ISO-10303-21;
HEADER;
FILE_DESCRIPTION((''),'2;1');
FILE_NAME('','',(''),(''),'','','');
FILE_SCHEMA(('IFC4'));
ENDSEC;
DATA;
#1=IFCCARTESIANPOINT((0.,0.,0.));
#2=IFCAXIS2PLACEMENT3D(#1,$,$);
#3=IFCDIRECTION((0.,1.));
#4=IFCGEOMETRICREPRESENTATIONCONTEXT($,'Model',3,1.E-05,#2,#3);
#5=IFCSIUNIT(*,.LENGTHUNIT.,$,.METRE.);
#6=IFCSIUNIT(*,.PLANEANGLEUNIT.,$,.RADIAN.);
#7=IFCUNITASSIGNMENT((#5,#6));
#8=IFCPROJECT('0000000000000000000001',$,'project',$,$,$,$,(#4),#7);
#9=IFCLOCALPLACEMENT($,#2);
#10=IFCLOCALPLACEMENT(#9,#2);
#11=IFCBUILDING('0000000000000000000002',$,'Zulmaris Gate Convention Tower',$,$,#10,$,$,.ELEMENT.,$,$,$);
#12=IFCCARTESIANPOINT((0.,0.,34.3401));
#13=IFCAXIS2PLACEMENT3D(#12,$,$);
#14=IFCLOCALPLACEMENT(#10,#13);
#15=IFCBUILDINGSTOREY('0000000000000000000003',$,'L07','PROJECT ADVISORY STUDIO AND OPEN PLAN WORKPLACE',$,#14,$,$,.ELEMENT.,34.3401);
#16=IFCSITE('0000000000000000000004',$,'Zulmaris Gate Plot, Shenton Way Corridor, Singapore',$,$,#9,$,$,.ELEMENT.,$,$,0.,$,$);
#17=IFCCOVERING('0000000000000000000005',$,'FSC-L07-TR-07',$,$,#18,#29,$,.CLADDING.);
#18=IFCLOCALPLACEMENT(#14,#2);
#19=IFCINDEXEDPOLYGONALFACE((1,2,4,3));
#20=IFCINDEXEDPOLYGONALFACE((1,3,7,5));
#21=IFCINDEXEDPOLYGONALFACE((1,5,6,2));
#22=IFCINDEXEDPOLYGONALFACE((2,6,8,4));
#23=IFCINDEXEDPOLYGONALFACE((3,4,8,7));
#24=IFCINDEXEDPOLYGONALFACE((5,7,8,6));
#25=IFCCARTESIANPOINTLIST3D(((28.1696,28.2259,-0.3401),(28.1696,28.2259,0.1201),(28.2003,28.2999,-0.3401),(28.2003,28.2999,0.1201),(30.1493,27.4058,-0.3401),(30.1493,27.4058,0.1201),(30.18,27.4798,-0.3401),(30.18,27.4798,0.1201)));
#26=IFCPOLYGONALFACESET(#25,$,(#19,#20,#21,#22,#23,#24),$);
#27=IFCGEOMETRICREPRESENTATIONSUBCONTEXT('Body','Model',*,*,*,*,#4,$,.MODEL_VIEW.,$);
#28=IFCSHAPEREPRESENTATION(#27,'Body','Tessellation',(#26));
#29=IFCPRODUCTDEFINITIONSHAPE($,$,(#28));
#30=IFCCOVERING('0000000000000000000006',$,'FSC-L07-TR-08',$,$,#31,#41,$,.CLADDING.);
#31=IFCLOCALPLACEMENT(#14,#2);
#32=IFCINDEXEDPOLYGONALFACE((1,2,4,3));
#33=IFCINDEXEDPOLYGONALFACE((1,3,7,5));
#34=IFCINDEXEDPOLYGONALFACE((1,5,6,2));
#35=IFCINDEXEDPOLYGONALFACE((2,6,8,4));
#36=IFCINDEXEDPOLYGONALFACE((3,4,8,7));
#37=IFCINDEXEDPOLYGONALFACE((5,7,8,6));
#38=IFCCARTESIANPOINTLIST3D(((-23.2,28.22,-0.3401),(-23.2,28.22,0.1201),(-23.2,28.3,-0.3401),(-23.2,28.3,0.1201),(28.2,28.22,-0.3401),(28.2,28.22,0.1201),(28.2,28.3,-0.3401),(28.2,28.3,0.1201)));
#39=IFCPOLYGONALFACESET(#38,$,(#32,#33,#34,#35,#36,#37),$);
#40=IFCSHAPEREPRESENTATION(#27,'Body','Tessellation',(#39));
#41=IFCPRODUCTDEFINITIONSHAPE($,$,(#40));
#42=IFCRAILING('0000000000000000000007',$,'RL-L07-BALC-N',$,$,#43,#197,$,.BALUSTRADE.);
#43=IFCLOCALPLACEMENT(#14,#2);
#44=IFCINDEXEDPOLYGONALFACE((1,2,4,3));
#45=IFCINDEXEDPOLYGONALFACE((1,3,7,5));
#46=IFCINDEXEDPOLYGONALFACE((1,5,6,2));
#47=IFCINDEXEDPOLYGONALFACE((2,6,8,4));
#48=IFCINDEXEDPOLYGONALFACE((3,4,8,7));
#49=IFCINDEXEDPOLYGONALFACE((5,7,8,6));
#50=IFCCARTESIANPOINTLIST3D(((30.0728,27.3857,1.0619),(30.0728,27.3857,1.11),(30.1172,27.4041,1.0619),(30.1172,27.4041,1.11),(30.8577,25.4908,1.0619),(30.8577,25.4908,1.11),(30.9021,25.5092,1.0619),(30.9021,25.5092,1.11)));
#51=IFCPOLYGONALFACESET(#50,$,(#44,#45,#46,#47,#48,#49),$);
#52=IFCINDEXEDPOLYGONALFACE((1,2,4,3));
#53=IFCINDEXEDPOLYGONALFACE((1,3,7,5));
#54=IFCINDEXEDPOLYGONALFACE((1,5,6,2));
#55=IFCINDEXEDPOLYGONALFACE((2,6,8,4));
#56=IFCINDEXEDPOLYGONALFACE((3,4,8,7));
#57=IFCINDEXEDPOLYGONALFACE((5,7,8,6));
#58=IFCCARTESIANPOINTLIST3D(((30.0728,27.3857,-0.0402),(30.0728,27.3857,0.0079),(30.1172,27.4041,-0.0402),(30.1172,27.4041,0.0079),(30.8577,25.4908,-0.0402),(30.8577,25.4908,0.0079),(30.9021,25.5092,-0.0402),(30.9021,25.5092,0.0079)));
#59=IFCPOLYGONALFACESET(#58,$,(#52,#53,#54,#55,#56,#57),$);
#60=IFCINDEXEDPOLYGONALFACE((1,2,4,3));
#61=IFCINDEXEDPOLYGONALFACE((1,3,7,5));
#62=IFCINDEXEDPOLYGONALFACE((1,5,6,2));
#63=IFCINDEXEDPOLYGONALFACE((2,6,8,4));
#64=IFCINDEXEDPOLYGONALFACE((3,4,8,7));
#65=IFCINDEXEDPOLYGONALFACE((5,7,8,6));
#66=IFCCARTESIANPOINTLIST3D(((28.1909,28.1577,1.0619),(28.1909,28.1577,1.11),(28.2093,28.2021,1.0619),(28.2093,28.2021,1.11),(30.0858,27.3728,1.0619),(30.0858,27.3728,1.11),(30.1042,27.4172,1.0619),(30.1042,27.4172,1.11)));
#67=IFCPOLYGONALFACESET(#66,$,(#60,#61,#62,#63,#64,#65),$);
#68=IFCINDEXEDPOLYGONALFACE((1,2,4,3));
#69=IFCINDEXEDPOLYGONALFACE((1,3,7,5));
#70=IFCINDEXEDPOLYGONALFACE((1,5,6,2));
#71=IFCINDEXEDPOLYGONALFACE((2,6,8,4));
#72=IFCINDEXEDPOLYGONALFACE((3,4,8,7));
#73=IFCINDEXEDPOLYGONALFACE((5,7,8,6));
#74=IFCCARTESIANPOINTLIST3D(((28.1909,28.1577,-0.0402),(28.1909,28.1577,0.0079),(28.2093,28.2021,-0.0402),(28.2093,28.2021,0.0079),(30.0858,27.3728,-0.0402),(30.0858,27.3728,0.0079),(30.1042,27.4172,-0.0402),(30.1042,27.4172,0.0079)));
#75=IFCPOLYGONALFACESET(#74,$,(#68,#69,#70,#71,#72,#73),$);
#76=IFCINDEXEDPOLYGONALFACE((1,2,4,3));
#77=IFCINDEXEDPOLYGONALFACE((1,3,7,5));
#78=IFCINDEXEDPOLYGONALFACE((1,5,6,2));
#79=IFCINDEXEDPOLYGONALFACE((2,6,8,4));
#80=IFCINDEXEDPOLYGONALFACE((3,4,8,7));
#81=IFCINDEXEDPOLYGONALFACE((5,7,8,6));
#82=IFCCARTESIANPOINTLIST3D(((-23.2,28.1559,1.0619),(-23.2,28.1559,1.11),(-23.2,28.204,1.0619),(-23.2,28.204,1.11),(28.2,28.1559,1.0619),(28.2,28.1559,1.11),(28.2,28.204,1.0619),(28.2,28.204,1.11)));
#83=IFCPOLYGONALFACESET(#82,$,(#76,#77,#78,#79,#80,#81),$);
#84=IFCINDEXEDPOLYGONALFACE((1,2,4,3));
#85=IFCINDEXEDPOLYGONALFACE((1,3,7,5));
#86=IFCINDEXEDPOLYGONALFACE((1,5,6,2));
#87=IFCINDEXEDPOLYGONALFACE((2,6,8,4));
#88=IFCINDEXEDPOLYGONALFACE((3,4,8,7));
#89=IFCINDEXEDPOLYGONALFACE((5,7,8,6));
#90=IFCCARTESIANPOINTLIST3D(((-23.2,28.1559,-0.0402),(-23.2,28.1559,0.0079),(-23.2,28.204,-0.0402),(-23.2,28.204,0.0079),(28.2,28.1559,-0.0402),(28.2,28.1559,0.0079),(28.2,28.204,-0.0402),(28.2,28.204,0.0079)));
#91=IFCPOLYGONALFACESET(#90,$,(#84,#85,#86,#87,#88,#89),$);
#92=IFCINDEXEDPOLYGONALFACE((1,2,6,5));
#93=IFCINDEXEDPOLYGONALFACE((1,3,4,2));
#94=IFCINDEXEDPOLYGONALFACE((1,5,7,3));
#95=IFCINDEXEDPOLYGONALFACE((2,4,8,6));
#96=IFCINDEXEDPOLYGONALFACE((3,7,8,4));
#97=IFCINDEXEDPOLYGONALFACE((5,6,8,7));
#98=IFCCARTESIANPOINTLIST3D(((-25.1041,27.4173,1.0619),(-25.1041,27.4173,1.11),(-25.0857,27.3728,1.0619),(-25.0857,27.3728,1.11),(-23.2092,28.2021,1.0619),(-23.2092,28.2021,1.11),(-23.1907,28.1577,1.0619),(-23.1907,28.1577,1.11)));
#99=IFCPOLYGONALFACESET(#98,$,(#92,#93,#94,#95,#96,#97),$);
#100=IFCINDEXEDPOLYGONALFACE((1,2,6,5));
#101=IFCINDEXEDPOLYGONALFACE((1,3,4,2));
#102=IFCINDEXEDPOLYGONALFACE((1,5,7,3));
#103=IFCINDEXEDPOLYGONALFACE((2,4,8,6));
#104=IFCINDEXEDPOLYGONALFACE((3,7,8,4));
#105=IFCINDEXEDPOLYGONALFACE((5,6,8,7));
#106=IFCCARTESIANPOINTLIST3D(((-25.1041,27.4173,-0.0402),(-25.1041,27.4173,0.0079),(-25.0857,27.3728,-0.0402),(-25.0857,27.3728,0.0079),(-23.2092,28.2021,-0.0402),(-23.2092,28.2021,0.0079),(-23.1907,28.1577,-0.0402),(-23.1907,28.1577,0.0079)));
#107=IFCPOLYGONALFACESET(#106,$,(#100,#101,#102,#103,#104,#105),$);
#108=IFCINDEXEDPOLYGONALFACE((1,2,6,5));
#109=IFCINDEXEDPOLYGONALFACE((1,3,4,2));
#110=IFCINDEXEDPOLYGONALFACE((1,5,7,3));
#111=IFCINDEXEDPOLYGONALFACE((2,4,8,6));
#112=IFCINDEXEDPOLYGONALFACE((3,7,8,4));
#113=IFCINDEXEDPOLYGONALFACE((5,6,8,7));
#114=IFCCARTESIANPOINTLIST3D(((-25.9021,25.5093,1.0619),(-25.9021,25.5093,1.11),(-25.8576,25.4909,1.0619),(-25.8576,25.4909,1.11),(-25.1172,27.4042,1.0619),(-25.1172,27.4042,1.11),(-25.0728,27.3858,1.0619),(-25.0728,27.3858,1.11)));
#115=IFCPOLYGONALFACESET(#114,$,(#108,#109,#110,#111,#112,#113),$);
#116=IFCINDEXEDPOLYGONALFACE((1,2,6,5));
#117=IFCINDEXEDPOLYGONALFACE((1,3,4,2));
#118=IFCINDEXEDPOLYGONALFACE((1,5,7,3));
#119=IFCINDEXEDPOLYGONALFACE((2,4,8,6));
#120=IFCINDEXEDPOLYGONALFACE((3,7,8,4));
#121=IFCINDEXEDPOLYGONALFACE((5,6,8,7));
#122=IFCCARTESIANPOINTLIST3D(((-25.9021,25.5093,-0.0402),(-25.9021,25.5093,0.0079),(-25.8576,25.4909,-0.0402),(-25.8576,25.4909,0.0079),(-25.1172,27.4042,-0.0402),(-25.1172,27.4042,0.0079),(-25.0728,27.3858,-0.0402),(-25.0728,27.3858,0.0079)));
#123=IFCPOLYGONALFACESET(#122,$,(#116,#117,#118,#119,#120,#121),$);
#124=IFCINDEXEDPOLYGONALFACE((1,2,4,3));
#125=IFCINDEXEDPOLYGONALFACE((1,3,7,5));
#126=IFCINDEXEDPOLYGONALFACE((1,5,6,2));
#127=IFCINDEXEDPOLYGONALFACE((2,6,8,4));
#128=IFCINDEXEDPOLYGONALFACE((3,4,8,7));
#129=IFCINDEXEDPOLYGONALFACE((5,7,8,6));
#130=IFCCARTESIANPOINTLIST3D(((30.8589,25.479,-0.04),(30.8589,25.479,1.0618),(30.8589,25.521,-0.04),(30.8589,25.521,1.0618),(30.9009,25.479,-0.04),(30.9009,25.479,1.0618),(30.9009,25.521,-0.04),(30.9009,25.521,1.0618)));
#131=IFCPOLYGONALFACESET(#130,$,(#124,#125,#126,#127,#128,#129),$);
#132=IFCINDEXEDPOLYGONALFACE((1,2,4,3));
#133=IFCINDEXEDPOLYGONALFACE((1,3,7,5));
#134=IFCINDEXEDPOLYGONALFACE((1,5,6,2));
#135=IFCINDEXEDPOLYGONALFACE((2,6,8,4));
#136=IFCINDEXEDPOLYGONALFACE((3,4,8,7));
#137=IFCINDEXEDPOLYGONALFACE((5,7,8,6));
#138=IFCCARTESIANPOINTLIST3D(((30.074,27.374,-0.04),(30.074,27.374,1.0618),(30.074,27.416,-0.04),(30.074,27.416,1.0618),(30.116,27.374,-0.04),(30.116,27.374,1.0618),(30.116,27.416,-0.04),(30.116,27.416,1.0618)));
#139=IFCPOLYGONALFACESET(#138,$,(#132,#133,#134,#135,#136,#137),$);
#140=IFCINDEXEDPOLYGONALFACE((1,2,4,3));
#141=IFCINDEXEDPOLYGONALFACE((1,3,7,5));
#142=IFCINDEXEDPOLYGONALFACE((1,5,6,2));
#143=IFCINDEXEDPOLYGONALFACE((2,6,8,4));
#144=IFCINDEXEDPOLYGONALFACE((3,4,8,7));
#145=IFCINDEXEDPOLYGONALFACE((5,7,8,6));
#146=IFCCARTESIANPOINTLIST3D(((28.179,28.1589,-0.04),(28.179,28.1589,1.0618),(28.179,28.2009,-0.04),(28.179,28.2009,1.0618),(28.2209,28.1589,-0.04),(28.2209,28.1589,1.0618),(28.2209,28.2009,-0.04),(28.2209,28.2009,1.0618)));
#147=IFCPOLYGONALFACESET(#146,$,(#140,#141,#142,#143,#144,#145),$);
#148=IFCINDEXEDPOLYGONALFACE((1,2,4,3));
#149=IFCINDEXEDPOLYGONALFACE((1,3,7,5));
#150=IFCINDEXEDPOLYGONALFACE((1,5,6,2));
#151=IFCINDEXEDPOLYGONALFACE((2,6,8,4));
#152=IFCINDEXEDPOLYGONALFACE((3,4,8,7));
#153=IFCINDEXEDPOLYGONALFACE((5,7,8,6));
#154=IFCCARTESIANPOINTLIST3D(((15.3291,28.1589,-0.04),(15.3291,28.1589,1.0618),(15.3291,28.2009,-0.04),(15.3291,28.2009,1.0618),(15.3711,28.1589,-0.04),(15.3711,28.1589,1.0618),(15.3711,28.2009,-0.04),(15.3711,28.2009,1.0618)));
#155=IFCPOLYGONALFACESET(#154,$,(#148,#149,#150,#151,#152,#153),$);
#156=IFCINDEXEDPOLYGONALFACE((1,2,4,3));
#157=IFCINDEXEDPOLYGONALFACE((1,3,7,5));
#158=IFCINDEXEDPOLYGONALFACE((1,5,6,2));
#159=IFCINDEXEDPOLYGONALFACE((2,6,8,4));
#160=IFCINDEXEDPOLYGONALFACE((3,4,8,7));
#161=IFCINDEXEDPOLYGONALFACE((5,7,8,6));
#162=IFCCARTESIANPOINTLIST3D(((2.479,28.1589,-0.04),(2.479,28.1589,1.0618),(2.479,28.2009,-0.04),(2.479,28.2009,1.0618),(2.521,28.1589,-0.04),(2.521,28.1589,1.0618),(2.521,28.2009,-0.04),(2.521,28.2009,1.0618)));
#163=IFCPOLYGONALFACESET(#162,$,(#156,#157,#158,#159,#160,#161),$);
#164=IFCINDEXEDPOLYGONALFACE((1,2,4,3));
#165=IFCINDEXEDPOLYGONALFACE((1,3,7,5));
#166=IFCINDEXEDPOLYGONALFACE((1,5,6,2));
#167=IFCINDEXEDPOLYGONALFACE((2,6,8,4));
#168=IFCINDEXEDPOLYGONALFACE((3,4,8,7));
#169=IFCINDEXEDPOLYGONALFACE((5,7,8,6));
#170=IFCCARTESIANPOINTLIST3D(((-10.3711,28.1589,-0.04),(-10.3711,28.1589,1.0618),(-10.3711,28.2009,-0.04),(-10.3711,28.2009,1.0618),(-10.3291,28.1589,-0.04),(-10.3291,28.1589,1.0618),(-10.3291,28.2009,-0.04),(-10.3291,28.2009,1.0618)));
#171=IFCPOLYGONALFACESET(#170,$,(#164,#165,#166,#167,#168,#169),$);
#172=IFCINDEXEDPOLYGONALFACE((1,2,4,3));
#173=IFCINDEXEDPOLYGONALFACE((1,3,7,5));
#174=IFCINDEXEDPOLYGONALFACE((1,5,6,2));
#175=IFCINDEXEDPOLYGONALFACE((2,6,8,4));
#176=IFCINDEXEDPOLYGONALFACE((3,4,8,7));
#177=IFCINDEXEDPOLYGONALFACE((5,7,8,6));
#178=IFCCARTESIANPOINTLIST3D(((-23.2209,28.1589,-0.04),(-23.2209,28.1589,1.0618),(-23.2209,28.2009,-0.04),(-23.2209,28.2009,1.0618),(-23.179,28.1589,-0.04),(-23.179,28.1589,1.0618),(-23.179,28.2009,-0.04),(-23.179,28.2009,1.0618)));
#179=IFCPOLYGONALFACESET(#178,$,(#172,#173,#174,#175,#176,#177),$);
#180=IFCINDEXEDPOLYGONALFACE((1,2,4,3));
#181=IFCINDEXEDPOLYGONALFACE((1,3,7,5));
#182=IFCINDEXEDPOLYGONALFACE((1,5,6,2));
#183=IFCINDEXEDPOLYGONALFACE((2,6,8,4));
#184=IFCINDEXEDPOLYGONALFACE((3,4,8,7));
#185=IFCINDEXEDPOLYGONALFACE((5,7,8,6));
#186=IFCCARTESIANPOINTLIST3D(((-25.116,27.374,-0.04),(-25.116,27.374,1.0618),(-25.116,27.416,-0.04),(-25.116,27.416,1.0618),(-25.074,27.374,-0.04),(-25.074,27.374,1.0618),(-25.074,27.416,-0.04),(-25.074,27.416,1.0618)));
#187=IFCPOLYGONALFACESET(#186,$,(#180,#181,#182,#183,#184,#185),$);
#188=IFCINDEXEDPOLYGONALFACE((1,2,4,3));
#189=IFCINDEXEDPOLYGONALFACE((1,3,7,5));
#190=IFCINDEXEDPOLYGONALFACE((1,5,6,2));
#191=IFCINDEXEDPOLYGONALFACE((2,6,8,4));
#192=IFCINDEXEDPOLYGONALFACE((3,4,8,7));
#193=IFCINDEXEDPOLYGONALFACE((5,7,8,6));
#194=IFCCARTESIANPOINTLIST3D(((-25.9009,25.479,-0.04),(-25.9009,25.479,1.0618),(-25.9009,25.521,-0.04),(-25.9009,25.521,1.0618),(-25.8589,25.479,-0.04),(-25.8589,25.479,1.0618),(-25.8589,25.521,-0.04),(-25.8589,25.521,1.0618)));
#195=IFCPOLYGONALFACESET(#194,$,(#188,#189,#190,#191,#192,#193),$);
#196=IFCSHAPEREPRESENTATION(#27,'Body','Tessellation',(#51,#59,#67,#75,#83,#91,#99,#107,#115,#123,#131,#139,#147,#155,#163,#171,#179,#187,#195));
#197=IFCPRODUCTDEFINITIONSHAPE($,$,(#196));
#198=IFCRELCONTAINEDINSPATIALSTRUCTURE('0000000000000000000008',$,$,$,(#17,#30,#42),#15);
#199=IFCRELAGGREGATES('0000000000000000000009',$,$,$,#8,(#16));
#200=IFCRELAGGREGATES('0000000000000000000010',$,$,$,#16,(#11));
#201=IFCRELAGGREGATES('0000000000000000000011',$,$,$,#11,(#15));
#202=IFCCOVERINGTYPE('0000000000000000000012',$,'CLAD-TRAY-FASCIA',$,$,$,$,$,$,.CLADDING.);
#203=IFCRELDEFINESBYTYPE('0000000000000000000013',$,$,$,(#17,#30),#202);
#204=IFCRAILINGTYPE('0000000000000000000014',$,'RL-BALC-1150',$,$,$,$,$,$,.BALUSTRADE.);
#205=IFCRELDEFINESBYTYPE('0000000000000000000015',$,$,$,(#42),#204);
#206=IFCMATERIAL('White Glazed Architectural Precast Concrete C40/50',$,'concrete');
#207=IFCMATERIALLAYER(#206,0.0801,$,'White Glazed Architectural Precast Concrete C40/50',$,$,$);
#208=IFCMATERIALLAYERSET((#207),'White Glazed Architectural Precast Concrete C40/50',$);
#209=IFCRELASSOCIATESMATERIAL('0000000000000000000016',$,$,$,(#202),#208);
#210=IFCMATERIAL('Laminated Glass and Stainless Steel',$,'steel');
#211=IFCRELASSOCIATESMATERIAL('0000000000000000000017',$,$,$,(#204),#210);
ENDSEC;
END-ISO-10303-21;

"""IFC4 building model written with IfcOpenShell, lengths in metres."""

from ifc_helpers import new_model, si_unit, direction, frame, frame_2d, origin, origin_2d, place, context, subcontext, project, spatial, rectangle, extrude, material, layer, layer_set, type_object, element, save


model = new_model("IFC4")

# Units and contexts
model_context = context("Model", 3, precision=1e-05, world=origin(), true_north=direction((0.0, 1.0)))
body_context = subcontext(model_context, "Body", "Model", "MODEL_VIEW")
ifc_project = project(units=[si_unit("LENGTHUNIT", "METRE"), si_unit("PLANEANGLEUNIT", "RADIAN")], contexts=[model_context])

# Site, building, storey
site_placement = place(None, origin())
site = spatial("IfcSite", under=ifc_project, at=site_placement, Name="Zulmaris Gate Plot, Shenton Way Corridor, Singapore", CompositionType="ELEMENT", RefElevation=0.0)
building_placement = place(site_placement, origin())
building = spatial("IfcBuilding", under=site, at=building_placement, Name="Zulmaris Gate Convention Tower", CompositionType="ELEMENT")
storey_placement = place(building_placement, frame((0.0, 0.0, 34.3401)))
storey = spatial("IfcBuildingStorey", under=building, at=storey_placement, Name="L07", Description="PROJECT ADVISORY STUDIO AND OPEN PLAN WORKPLACE", CompositionType="ELEMENT", Elevation=34.3401)

# Coverings
ifc_material_1 = material(Name="White Glazed Architectural Precast Concrete C40/50", Category="concrete")
ifc_layer_1 = layer(ifc_material_1, 0.0801, Name="White Glazed Architectural Precast Concrete C40/50")
ifc_layer_set_1 = layer_set([ifc_layer_1], Name="White Glazed Architectural Precast Concrete C40/50")
covering_type_1 = type_object("IfcCoveringType", Name="CLAD-TRAY-FASCIA", PredefinedType="CLADDING", material=ifc_layer_set_1)
covering_1_placement = place(storey_placement, frame((30.1646, 27.4429, -0.3401), z_axis=(0.0, 0.0, 1.0), x_axis=(-0.923874, 0.382697, 0.0)))
element("IfcCovering", 1, at=covering_1_placement, inside=storey, type_object=covering_type_1, Name="FSC-L07-TR-07", PredefinedType="CLADDING", context=body_context, shape_type="SweptSolid", body=[
    extrude(rectangle(XDim=2.1428, YDim=0.0801, at=frame_2d((1.0713, 0.0))), origin(), (0.0, 0.0, 1.0), 0.4602),
])
covering_2_placement = place(storey_placement, frame((28.2, 28.26, -0.3401), z_axis=(0.0, 0.0, 1.0), x_axis=(-1.0, 0.0, 0.0)))
element("IfcCovering", 2, at=covering_2_placement, inside=storey, type_object=covering_type_1, Name="FSC-L07-TR-08", PredefinedType="CLADDING", context=body_context, shape_type="SweptSolid", body=[
    extrude(rectangle(XDim=51.3999, YDim=0.0801, at=frame_2d((25.7, 0.0))), origin(), (0.0, 0.0, 1.0), 0.4602),
])

# Railing
ifc_material_2 = material(Name="Laminated Glass and Stainless Steel", Category="steel")
railing_type = type_object("IfcRailingType", Name="RL-BALC-1150", PredefinedType="BALUSTRADE", material=ifc_material_2)
railing_placement = place(storey_placement, frame((30.8799, 25.5, -0.04)))
element("IfcRailing", 3, at=railing_placement, inside=storey, type_object=railing_type, Name="RL-L07-BALC-N", PredefinedType="BALUSTRADE", context=body_context, shape_type="SweptSolid", body=[
    extrude(rectangle(XDim=0.0481, YDim=0.0481, at=origin_2d()), frame((0.0, 0.0, 1.126), z_axis=(-0.382671, 0.923885, 0.0), x_axis=(-0.923885, -0.382671, 0.0)), (0.0, 0.0, 1.0), 2.051),
    extrude(rectangle(XDim=0.0481, YDim=0.0481, at=origin_2d()), frame((0.0, 0.0, 0.0239), z_axis=(-0.382671, 0.923885, 0.0), x_axis=(-0.923885, -0.382671, 0.0)), (0.0, 0.0, 1.0), 2.051),
    extrude(rectangle(XDim=0.0481, YDim=0.0481, at=origin_2d()), frame((-0.7849, 1.895, 1.126), z_axis=(-0.923885, 0.382671, 0.0), x_axis=(-0.382671, -0.923885, 0.0)), (0.0, 0.0, 1.0), 2.051),
    extrude(rectangle(XDim=0.0481, YDim=0.0481, at=origin_2d()), frame((-0.7849, 1.895, 0.0239), z_axis=(-0.923885, 0.382671, 0.0), x_axis=(-0.382671, -0.923885, 0.0)), (0.0, 0.0, 1.0), 2.051),
    extrude(rectangle(XDim=0.0481, YDim=0.0481, at=origin_2d()), frame((-2.6799, 2.6799, 1.126), z_axis=(-1.0, 0.0, 0.0), x_axis=(0.0, -1.0, 0.0)), (0.0, 0.0, 1.0), 51.3999),
    extrude(rectangle(XDim=0.0481, YDim=0.0481, at=origin_2d()), frame((-2.6799, 2.6799, 0.0239), z_axis=(-1.0, 0.0, 0.0), x_axis=(0.0, -1.0, 0.0)), (0.0, 0.0, 1.0), 51.3999),
    extrude(rectangle(XDim=0.0481, YDim=0.0481, at=origin_2d()), frame((-54.0798, 2.6799, 1.126), z_axis=(-0.923885, -0.382671, 0.0), x_axis=(0.382671, -0.923885, 0.0)), (0.0, 0.0, 1.0), 2.051),
    extrude(rectangle(XDim=0.0481, YDim=0.0481, at=origin_2d()), frame((-54.0798, 2.6799, 0.0239), z_axis=(-0.923885, -0.382671, 0.0), x_axis=(0.382671, -0.923885, 0.0)), (0.0, 0.0, 1.0), 2.051),
    extrude(rectangle(XDim=0.0481, YDim=0.0481, at=origin_2d()), frame((-55.9749, 1.895, 1.126), z_axis=(-0.382671, -0.923885, 0.0), x_axis=(0.923885, -0.382671, 0.0)), (0.0, 0.0, 1.0), 2.051),
    extrude(rectangle(XDim=0.0481, YDim=0.0481, at=origin_2d()), frame((-55.9749, 1.895, 0.0239), z_axis=(-0.382671, -0.923885, 0.0), x_axis=(0.923885, -0.382671, 0.0)), (0.0, 0.0, 1.0), 2.051),
    extrude(rectangle(XDim=0.042, YDim=0.042, at=origin_2d()), origin(), (0.0, 0.0, 1.0), 1.1018),
    extrude(rectangle(XDim=0.042, YDim=0.042, at=origin_2d()), frame((-0.7849, 1.895, 0.0)), (0.0, 0.0, 1.0), 1.1018),
    extrude(rectangle(XDim=0.042, YDim=0.042, at=origin_2d()), frame((-2.6799, 2.6799, 0.0)), (0.0, 0.0, 1.0), 1.1018),
    extrude(rectangle(XDim=0.042, YDim=0.042, at=origin_2d()), frame((-15.5298, 2.6799, 0.0)), (0.0, 0.0, 1.0), 1.1018),
    extrude(rectangle(XDim=0.042, YDim=0.042, at=origin_2d()), frame((-28.3799, 2.6799, 0.0)), (0.0, 0.0, 1.0), 1.1018),
    extrude(rectangle(XDim=0.042, YDim=0.042, at=origin_2d()), frame((-41.23, 2.6799, 0.0)), (0.0, 0.0, 1.0), 1.1018),
    extrude(rectangle(XDim=0.042, YDim=0.042, at=origin_2d()), frame((-54.0798, 2.6799, 0.0)), (0.0, 0.0, 1.0), 1.1018),
    extrude(rectangle(XDim=0.042, YDim=0.042, at=origin_2d()), frame((-55.9749, 1.895, 0.0)), (0.0, 0.0, 1.0), 1.1018),
    extrude(rectangle(XDim=0.042, YDim=0.042, at=origin_2d()), frame((-56.7598, 0.0, 0.0)), (0.0, 0.0, 1.0), 1.1018),
])

save(model, "model.ifc")
